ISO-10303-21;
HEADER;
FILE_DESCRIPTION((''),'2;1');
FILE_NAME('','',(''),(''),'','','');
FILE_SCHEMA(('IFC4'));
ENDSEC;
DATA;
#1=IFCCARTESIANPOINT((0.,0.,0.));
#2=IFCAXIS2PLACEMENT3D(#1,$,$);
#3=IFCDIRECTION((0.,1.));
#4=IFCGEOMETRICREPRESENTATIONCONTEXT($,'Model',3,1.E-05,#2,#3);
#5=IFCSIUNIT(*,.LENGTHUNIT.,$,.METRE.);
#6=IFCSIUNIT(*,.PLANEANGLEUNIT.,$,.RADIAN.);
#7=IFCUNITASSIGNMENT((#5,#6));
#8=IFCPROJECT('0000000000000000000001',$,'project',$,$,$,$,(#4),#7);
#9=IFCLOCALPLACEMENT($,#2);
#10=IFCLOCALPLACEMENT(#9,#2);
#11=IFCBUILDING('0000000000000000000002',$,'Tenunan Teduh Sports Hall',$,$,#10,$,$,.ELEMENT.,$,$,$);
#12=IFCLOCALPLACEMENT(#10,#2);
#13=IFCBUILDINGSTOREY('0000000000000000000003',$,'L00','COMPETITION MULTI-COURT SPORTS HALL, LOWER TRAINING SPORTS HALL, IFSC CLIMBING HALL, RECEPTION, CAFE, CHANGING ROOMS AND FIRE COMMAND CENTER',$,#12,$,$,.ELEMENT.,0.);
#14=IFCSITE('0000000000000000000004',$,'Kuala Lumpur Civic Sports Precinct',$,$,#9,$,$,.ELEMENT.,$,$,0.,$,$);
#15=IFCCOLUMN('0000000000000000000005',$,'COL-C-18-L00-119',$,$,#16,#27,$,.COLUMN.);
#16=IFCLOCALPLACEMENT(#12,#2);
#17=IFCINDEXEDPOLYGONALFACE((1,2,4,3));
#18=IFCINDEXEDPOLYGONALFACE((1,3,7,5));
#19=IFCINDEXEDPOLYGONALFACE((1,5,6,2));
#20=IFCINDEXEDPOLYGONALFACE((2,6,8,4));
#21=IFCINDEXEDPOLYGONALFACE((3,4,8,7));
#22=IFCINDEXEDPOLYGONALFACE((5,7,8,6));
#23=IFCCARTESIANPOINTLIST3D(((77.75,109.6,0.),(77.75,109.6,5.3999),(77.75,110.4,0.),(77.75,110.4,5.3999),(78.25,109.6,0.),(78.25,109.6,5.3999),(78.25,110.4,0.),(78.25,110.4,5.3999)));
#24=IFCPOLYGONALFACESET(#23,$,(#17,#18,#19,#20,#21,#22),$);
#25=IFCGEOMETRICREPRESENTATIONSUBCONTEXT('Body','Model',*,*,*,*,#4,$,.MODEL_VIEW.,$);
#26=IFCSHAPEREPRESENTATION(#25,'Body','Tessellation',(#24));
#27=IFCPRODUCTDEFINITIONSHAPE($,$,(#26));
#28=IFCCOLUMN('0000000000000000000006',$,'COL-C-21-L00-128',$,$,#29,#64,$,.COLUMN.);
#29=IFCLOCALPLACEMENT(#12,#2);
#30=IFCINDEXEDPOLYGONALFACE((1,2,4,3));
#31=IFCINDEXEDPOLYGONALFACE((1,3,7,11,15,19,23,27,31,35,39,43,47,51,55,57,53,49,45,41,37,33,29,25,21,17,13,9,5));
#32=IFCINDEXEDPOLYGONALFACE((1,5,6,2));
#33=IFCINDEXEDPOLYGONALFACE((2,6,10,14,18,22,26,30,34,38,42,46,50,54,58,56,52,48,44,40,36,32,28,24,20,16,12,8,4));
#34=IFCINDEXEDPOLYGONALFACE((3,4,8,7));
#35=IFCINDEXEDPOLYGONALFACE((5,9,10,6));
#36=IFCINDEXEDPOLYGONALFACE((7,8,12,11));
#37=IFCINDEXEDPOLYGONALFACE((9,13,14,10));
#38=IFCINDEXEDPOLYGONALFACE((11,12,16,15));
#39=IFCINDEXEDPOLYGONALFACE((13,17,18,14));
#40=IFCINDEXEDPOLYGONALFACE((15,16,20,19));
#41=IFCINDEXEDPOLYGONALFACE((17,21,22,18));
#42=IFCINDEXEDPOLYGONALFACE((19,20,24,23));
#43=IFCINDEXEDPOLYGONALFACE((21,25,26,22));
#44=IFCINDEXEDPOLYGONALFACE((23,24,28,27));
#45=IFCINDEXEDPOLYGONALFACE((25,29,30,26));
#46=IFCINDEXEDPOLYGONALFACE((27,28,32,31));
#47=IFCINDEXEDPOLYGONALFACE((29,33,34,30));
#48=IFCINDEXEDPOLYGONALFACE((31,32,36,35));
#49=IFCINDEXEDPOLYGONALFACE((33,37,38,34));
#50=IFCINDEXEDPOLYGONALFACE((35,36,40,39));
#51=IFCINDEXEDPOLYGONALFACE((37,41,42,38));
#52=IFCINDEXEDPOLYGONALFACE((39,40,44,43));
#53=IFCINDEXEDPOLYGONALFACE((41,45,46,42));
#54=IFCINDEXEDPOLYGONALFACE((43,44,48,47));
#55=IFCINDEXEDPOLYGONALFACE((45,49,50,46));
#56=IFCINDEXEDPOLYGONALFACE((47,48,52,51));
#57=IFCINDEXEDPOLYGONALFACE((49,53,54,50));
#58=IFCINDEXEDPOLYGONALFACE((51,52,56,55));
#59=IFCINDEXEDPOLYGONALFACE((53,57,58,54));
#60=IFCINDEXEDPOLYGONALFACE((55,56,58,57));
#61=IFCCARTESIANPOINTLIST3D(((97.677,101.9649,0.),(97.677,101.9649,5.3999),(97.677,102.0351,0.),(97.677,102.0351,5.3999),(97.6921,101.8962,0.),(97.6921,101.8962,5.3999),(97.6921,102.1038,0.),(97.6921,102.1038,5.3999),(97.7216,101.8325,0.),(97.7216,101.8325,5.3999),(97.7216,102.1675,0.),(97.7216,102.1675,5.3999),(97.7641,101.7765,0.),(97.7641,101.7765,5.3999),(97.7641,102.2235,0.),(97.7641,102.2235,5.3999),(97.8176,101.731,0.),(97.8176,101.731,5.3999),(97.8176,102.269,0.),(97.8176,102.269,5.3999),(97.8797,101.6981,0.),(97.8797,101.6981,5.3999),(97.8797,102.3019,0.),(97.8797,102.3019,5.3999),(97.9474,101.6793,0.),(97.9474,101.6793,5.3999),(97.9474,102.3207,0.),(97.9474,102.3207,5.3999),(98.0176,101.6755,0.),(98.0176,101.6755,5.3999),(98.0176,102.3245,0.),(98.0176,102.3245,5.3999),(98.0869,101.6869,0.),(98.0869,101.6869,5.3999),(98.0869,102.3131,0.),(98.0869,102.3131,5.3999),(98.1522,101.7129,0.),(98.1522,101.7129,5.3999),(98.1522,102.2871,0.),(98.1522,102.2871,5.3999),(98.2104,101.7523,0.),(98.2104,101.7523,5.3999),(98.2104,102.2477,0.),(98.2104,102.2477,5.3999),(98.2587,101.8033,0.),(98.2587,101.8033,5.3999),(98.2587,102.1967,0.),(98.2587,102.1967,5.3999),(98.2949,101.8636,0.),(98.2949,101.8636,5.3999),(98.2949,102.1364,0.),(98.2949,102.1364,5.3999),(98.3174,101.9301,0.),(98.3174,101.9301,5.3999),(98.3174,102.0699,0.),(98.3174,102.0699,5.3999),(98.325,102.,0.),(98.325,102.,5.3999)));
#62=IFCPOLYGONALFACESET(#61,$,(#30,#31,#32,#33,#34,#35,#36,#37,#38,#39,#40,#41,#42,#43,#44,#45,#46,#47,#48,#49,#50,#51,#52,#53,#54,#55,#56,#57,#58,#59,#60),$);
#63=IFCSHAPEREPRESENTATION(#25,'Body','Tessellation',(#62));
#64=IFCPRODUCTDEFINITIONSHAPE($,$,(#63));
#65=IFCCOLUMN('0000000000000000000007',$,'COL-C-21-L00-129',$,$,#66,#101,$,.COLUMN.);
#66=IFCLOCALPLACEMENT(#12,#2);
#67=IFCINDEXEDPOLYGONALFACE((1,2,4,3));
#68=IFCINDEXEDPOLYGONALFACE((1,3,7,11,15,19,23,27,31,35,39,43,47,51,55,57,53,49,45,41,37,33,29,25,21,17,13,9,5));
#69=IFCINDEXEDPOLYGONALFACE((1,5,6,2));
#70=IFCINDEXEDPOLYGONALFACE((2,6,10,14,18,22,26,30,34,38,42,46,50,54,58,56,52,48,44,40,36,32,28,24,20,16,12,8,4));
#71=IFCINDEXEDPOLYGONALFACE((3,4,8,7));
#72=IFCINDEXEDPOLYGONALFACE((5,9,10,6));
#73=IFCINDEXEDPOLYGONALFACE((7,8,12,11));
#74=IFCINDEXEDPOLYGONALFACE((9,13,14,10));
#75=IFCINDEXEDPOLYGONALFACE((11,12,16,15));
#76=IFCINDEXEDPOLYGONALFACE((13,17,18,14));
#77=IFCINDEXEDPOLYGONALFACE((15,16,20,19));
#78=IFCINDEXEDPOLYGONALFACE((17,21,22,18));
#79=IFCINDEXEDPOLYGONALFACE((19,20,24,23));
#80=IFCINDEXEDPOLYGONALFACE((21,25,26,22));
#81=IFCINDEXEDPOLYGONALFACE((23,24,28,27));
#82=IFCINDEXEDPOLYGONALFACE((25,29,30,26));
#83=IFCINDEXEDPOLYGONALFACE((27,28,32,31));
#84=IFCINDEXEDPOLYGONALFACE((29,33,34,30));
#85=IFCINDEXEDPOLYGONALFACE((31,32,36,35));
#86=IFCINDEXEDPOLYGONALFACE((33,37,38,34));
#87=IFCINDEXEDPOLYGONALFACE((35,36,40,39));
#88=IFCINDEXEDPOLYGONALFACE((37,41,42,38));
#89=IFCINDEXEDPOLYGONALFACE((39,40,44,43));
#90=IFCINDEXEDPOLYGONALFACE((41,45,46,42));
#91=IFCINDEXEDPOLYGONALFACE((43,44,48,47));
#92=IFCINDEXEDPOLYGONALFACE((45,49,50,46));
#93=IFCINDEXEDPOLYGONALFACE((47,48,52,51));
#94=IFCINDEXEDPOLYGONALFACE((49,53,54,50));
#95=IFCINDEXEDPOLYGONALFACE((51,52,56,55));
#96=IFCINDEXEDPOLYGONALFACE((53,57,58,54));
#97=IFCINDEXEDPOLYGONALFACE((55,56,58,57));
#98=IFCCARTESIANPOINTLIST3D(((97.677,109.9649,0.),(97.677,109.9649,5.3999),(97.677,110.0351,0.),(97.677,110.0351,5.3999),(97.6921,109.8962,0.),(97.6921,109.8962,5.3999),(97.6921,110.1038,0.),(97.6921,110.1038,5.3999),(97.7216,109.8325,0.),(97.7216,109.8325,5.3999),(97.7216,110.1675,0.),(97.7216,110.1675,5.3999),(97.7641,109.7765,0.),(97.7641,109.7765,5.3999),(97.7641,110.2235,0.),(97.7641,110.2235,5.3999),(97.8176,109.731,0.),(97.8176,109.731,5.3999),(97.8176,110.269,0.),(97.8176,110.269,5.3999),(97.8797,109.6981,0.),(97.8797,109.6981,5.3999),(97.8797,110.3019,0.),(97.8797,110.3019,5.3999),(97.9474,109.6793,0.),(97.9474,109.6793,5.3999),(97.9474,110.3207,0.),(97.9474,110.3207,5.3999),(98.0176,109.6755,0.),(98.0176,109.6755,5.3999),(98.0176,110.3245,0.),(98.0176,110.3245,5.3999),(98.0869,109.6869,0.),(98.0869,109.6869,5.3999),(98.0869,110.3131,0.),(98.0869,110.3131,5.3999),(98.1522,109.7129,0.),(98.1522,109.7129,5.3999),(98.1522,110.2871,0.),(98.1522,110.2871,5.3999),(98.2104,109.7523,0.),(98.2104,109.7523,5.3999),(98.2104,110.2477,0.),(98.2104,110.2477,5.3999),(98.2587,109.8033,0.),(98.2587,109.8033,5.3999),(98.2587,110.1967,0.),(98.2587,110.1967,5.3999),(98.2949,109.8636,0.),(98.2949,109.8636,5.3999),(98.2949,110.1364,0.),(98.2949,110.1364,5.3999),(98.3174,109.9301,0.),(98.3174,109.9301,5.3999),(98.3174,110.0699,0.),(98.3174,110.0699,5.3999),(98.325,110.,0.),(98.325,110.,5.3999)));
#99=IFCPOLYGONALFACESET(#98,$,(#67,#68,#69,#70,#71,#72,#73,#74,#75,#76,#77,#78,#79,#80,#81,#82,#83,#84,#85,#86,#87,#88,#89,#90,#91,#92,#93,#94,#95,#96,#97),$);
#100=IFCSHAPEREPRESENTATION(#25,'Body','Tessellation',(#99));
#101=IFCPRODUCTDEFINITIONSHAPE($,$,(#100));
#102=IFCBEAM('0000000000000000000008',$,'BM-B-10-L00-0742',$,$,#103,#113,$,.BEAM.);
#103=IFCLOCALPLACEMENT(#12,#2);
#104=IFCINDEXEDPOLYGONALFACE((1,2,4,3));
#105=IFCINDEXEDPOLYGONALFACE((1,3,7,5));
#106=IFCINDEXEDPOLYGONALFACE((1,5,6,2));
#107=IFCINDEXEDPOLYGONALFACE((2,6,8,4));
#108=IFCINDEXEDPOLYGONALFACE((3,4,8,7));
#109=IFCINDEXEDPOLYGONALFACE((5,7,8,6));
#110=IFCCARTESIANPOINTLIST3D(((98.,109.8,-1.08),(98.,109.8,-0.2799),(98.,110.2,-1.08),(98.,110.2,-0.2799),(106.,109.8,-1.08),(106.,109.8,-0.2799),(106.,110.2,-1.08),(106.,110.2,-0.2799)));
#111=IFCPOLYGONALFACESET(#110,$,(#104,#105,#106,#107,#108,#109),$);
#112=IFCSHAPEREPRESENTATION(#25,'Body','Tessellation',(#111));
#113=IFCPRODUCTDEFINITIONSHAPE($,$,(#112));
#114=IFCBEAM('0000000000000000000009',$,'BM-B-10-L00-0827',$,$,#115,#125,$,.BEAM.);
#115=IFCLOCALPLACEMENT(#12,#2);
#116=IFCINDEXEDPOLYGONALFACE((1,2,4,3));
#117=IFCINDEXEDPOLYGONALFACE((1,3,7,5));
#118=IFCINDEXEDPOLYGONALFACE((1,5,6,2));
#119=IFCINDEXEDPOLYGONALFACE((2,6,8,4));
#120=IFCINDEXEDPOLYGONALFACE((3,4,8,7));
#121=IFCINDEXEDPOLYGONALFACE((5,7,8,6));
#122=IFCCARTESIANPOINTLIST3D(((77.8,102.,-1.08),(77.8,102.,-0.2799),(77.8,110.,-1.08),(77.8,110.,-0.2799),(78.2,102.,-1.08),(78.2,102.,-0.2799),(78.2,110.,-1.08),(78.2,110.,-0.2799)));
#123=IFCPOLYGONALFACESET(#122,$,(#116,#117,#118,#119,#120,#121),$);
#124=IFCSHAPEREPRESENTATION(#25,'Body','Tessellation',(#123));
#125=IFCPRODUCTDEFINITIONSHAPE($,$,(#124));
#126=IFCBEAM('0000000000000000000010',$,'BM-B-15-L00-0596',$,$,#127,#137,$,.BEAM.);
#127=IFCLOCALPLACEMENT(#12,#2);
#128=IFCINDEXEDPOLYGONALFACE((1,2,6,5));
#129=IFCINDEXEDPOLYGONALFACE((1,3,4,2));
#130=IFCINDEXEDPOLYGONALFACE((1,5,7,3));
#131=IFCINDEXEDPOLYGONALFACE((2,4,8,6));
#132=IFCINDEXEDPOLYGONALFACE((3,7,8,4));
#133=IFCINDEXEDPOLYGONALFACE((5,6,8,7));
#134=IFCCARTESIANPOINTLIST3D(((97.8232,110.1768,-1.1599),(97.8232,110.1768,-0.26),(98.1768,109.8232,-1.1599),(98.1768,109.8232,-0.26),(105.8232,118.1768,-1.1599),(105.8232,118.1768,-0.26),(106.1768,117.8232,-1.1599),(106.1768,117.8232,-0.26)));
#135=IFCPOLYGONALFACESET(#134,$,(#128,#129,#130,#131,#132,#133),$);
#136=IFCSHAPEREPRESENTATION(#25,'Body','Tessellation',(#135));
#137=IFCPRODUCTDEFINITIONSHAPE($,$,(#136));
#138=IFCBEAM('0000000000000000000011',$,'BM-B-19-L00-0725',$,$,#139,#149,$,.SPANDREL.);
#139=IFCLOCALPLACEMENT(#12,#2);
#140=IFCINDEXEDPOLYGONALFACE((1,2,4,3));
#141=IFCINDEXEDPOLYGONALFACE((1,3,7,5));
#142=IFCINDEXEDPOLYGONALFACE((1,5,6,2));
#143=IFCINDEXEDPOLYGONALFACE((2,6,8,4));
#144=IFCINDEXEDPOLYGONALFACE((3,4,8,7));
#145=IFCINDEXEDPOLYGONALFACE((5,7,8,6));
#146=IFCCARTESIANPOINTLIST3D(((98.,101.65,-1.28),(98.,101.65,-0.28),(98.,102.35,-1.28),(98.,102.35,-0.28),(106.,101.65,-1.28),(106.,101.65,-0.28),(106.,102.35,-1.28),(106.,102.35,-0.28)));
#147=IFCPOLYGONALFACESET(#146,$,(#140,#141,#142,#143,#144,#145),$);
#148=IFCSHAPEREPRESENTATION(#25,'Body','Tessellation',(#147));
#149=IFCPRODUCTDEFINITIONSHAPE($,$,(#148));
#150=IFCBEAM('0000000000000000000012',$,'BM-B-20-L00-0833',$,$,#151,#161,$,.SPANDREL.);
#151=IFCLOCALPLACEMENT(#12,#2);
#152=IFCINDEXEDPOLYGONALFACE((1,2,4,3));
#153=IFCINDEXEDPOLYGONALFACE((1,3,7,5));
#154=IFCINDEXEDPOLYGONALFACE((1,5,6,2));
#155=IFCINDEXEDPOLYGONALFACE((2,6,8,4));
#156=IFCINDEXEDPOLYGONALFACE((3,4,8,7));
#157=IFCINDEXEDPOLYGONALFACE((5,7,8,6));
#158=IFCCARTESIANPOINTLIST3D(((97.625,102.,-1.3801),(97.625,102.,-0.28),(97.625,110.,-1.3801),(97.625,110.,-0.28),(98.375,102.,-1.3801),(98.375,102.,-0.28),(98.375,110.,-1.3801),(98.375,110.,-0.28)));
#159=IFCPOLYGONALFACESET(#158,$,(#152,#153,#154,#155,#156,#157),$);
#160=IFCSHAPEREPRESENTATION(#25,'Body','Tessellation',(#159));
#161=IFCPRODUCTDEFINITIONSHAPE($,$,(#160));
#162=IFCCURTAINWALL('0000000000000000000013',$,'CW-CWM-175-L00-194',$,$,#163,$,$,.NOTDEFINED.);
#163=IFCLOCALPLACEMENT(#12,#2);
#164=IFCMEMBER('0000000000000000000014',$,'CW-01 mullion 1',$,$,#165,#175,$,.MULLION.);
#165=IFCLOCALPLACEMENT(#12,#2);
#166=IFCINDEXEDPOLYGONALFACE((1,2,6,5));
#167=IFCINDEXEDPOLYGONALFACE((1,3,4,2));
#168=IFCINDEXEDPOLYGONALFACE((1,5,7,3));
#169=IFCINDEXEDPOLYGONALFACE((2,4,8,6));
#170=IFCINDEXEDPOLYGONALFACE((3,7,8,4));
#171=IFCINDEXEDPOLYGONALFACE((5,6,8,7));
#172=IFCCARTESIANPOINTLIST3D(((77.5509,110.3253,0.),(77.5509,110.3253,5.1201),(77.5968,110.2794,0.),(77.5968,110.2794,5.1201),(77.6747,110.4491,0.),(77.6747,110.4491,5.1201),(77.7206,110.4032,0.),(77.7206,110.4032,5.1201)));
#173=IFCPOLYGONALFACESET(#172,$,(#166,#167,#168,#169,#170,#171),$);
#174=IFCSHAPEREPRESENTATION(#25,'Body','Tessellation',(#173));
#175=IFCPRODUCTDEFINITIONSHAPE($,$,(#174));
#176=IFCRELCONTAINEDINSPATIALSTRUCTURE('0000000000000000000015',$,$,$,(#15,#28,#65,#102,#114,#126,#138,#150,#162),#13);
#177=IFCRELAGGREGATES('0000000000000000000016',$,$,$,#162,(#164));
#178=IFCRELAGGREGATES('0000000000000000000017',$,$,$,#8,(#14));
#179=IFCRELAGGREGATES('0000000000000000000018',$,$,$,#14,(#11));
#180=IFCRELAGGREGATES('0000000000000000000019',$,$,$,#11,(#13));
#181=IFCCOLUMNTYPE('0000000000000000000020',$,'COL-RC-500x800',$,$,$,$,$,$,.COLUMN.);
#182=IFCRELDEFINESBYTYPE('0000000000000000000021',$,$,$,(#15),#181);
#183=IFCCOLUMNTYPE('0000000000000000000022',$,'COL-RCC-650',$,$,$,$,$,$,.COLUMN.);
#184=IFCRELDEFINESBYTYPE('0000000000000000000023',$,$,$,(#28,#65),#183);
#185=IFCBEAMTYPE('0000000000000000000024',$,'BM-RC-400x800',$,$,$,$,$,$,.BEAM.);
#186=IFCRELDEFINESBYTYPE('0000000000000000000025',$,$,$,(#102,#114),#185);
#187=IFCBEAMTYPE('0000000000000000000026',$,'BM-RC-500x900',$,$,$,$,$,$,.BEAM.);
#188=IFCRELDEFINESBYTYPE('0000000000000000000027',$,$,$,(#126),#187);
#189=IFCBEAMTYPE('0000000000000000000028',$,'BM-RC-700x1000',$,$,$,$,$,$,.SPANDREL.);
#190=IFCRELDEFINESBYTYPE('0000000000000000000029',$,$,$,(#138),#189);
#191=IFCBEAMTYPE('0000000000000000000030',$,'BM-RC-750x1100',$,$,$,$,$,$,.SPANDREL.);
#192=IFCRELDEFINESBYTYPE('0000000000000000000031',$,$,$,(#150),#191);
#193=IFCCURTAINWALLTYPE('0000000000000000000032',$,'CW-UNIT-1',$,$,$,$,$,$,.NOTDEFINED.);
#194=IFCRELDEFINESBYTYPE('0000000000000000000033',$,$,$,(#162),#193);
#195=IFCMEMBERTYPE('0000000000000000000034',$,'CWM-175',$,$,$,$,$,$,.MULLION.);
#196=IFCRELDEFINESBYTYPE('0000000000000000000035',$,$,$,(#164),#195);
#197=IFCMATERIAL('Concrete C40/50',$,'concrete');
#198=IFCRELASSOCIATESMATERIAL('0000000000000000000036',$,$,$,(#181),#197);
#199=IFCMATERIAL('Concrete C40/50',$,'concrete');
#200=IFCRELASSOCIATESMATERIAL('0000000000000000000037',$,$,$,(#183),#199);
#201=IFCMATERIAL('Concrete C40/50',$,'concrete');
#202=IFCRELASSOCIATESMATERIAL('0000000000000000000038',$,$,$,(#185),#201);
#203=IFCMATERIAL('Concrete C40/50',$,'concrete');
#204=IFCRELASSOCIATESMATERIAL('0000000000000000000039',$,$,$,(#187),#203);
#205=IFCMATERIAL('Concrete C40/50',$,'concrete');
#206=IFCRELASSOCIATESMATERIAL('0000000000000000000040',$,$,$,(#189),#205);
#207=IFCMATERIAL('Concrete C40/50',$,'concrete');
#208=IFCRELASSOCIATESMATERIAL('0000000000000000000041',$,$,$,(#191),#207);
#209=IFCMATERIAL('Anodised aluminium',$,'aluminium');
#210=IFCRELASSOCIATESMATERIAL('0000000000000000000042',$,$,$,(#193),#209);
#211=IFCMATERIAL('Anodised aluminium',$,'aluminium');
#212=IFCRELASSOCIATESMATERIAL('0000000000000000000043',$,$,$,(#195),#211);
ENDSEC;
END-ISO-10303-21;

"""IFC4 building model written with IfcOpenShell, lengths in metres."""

from ifc_helpers import new_model, si_unit, direction, frame, origin, origin_2d, place, context, subcontext, project, spatial, rectangle, circle, extrude, material, material_profile, profile_set, type_object, element, aggregate, save


model = new_model("IFC4")

# Units and contexts
model_context = context("Model", 3, precision=1e-05, world=origin(), true_north=direction((0.0, 1.0)))
body_context = subcontext(model_context, "Body", "Model", "MODEL_VIEW")
ifc_project = project(units=[si_unit("LENGTHUNIT", "METRE"), si_unit("PLANEANGLEUNIT", "RADIAN")], contexts=[model_context])

# Site, building, storey
site_placement = place(None, origin())
site = spatial("IfcSite", under=ifc_project, at=site_placement, Name="Kuala Lumpur Civic Sports Precinct", CompositionType="ELEMENT", RefElevation=0.0)
building_placement = place(site_placement, origin())
building = spatial("IfcBuilding", under=site, at=building_placement, Name="Tenunan Teduh Sports Hall", CompositionType="ELEMENT")
storey_placement = place(building_placement, origin())
storey = spatial("IfcBuildingStorey", under=building, at=storey_placement, Name="L00", Description="COMPETITION MULTI-COURT SPORTS HALL, LOWER TRAINING SPORTS HALL, IFSC CLIMBING HALL, RECEPTION, CAFE, CHANGING ROOMS AND FIRE COMMAND CENTER", CompositionType="ELEMENT", Elevation=0.0)

# Columns
ifc_material_1 = material(Name="Concrete C40/50", Category="concrete")
ifc_material_profile_1 = material_profile(ifc_material_1, rectangle(XDim=0.5, YDim=0.8, at=origin_2d()), Name="RC 500x800")
ifc_profile_set_1 = profile_set([ifc_material_profile_1], Name="Concrete C40/50")
column_type_1 = type_object("IfcColumnType", Name="COL-RC-500x800", PredefinedType="COLUMN", material=ifc_profile_set_1)
column_placement = place(storey_placement, frame((78.0, 110.0, 0.0), z_axis=(0.0, 0.0, 1.0), x_axis=(1.0, 0.0, 0.0)))
element("IfcColumn", 1, at=column_placement, inside=storey, type_object=column_type_1, Name="COL-C-18-L00-119", PredefinedType="COLUMN", context=body_context, shape_type="SweptSolid", body=[
    extrude(rectangle(XDim=0.5, YDim=0.8, at=origin_2d()), origin(), (0.0, 0.0, 1.0), 5.3999),
])
ifc_material_2 = material(Name="Concrete C40/50", Category="concrete")
ifc_material_profile_2 = material_profile(ifc_material_2, circle(Radius=0.325, at=origin_2d()), Name="RCC D650")
ifc_profile_set_2 = profile_set([ifc_material_profile_2], Name="Concrete C40/50")
column_type_2 = type_object("IfcColumnType", Name="COL-RCC-650", PredefinedType="COLUMN", material=ifc_profile_set_2)
for number, where, z_axis, x_axis, name in (
    (2, (98.0, 102.0, 0.0), (0.0, 0.0, 1.0), (1.0, 0.0, 0.0), "COL-C-21-L00-128"),
    (3, (98.0, 110.0, 0.0), (0.0, 0.0, 1.0), (1.0, 0.0, 0.0), "COL-C-21-L00-129"),
):
    element("IfcColumn", number, at=place(storey_placement, frame(where, z_axis=z_axis, x_axis=x_axis)), inside=storey, type_object=column_type_2, Name=name, PredefinedType="COLUMN", context=body_context, shape_type="SweptSolid", body=[
        extrude(circle(Radius=0.325, at=origin_2d()), origin(), (0.0, 0.0, 1.0), 5.3999),
    ])

# Beams
ifc_material_3 = material(Name="Concrete C40/50", Category="concrete")
ifc_material_profile_3 = material_profile(ifc_material_3, rectangle(XDim=0.3999, YDim=0.8, at=origin_2d()), Name="RCB 400x800")
ifc_profile_set_3 = profile_set([ifc_material_profile_3], Name="Concrete C40/50")
beam_type_1 = type_object("IfcBeamType", Name="BM-RC-400x800", PredefinedType="BEAM", material=ifc_profile_set_3)
for number, where, z_axis, x_axis, name in (
    (4, (98.0, 110.0, -0.6799), (1.0, 0.0, 0.0), (0.0, 1.0, 0.0), "BM-B-10-L00-0742"),
    (5, (78.0, 102.0, -0.6799), (0.0, 1.0, 0.0), (-1.0, 0.0, 0.0), "BM-B-10-L00-0827"),
):
    element("IfcBeam", number, at=place(storey_placement, frame(where, z_axis=z_axis, x_axis=x_axis)), inside=storey, type_object=beam_type_1, Name=name, PredefinedType="BEAM", context=body_context, shape_type="SweptSolid", body=[
        extrude(rectangle(XDim=0.3999, YDim=0.8, at=origin_2d()), origin(), (0.0, 0.0, 1.0), 8.0),
    ])
ifc_material_4 = material(Name="Concrete C40/50", Category="concrete")
ifc_material_profile_4 = material_profile(ifc_material_4, rectangle(XDim=0.5, YDim=0.8999, at=origin_2d()), Name="RCB 500x900")
ifc_profile_set_4 = profile_set([ifc_material_profile_4], Name="Concrete C40/50")
beam_type_2 = type_object("IfcBeamType", Name="BM-RC-500x900", PredefinedType="BEAM", material=ifc_profile_set_4)
beam_1_placement = place(storey_placement, frame((98.0, 110.0, -0.71), z_axis=(0.707107, 0.707107, 0.0), x_axis=(-0.707107, 0.707107, 0.0)))
element("IfcBeam", 6, at=beam_1_placement, inside=storey, type_object=beam_type_2, Name="BM-B-15-L00-0596", PredefinedType="BEAM", context=body_context, shape_type="SweptSolid", body=[
    extrude(rectangle(XDim=0.5, YDim=0.8999, at=origin_2d()), origin(), (0.0, 0.0, 1.0), 11.3137),
])
ifc_material_5 = material(Name="Concrete C40/50", Category="concrete")
ifc_material_profile_5 = material_profile(ifc_material_5, rectangle(XDim=0.7, YDim=1.0, at=origin_2d()), Name="RCB 700x1000")
ifc_profile_set_5 = profile_set([ifc_material_profile_5], Name="Concrete C40/50")
beam_type_3 = type_object("IfcBeamType", Name="BM-RC-700x1000", PredefinedType="SPANDREL", material=ifc_profile_set_5)
beam_2_placement = place(storey_placement, frame((98.0, 102.0, -0.78), z_axis=(1.0, 0.0, 0.0), x_axis=(0.0, 1.0, 0.0)))
element("IfcBeam", 7, at=beam_2_placement, inside=storey, type_object=beam_type_3, Name="BM-B-19-L00-0725", PredefinedType="SPANDREL", context=body_context, shape_type="SweptSolid", body=[
    extrude(rectangle(XDim=0.7, YDim=1.0, at=origin_2d()), origin(), (0.0, 0.0, 1.0), 8.0),
])
ifc_material_6 = material(Name="Concrete C40/50", Category="concrete")
ifc_material_profile_6 = material_profile(ifc_material_6, rectangle(XDim=0.75, YDim=1.1001, at=origin_2d()), Name="RCB 750x1100")
ifc_profile_set_6 = profile_set([ifc_material_profile_6], Name="Concrete C40/50")
beam_type_4 = type_object("IfcBeamType", Name="BM-RC-750x1100", PredefinedType="SPANDREL", material=ifc_profile_set_6)
beam_3_placement = place(storey_placement, frame((98.0, 102.0, -0.8301), z_axis=(0.0, 1.0, 0.0), x_axis=(-1.0, 0.0, 0.0)))
element("IfcBeam", 8, at=beam_3_placement, inside=storey, type_object=beam_type_4, Name="BM-B-20-L00-0833", PredefinedType="SPANDREL", context=body_context, shape_type="SweptSolid", body=[
    extrude(rectangle(XDim=0.75, YDim=1.1001, at=origin_2d()), origin(), (0.0, 0.0, 1.0), 8.0),
])

# Curtain wall, member
ifc_material_7 = material(Name="Anodised aluminium", Category="aluminium")
curtain_wall_type = type_object("IfcCurtainWallType", Name="CW-UNIT-1", PredefinedType="NOTDEFINED", material=ifc_material_7)
curtain_wall_placement = place(storey_placement, origin())
curtain_wall = element("IfcCurtainWall", 9, at=curtain_wall_placement, inside=storey, type_object=curtain_wall_type, Name="CW-CWM-175-L00-194", PredefinedType="NOTDEFINED")
ifc_material_8 = material(Name="Anodised aluminium", Category="aluminium")
ifc_material_profile_7 = material_profile(ifc_material_8, rectangle(XDim=0.0649, YDim=0.175, at=origin_2d()), Name="CWM 65x175")
ifc_profile_set_7 = profile_set([ifc_material_profile_7], Name="Anodised aluminium")
member_type_1 = type_object("IfcMemberType", Name="CWM-175", PredefinedType="MULLION", material=ifc_profile_set_7)
member_1_placement = place(storey_placement, frame((77.6357, 110.3643, 0.0), z_axis=(0.0, 0.0, 1.0), x_axis=(-0.707107, 0.707107, 0.0)))
member_1 = element("IfcMember", 10, at=member_1_placement, type_object=member_type_1, Name="CW-01 mullion 1", PredefinedType="MULLION", context=body_context, shape_type="SweptSolid", body=[
    extrude(rectangle(XDim=0.0649, YDim=0.175, at=origin_2d()), origin(), (0.0, 0.0, 1.0), 5.1201),
])

aggregate(curtain_wall, [member_1])

save(model, "model.ifc")
